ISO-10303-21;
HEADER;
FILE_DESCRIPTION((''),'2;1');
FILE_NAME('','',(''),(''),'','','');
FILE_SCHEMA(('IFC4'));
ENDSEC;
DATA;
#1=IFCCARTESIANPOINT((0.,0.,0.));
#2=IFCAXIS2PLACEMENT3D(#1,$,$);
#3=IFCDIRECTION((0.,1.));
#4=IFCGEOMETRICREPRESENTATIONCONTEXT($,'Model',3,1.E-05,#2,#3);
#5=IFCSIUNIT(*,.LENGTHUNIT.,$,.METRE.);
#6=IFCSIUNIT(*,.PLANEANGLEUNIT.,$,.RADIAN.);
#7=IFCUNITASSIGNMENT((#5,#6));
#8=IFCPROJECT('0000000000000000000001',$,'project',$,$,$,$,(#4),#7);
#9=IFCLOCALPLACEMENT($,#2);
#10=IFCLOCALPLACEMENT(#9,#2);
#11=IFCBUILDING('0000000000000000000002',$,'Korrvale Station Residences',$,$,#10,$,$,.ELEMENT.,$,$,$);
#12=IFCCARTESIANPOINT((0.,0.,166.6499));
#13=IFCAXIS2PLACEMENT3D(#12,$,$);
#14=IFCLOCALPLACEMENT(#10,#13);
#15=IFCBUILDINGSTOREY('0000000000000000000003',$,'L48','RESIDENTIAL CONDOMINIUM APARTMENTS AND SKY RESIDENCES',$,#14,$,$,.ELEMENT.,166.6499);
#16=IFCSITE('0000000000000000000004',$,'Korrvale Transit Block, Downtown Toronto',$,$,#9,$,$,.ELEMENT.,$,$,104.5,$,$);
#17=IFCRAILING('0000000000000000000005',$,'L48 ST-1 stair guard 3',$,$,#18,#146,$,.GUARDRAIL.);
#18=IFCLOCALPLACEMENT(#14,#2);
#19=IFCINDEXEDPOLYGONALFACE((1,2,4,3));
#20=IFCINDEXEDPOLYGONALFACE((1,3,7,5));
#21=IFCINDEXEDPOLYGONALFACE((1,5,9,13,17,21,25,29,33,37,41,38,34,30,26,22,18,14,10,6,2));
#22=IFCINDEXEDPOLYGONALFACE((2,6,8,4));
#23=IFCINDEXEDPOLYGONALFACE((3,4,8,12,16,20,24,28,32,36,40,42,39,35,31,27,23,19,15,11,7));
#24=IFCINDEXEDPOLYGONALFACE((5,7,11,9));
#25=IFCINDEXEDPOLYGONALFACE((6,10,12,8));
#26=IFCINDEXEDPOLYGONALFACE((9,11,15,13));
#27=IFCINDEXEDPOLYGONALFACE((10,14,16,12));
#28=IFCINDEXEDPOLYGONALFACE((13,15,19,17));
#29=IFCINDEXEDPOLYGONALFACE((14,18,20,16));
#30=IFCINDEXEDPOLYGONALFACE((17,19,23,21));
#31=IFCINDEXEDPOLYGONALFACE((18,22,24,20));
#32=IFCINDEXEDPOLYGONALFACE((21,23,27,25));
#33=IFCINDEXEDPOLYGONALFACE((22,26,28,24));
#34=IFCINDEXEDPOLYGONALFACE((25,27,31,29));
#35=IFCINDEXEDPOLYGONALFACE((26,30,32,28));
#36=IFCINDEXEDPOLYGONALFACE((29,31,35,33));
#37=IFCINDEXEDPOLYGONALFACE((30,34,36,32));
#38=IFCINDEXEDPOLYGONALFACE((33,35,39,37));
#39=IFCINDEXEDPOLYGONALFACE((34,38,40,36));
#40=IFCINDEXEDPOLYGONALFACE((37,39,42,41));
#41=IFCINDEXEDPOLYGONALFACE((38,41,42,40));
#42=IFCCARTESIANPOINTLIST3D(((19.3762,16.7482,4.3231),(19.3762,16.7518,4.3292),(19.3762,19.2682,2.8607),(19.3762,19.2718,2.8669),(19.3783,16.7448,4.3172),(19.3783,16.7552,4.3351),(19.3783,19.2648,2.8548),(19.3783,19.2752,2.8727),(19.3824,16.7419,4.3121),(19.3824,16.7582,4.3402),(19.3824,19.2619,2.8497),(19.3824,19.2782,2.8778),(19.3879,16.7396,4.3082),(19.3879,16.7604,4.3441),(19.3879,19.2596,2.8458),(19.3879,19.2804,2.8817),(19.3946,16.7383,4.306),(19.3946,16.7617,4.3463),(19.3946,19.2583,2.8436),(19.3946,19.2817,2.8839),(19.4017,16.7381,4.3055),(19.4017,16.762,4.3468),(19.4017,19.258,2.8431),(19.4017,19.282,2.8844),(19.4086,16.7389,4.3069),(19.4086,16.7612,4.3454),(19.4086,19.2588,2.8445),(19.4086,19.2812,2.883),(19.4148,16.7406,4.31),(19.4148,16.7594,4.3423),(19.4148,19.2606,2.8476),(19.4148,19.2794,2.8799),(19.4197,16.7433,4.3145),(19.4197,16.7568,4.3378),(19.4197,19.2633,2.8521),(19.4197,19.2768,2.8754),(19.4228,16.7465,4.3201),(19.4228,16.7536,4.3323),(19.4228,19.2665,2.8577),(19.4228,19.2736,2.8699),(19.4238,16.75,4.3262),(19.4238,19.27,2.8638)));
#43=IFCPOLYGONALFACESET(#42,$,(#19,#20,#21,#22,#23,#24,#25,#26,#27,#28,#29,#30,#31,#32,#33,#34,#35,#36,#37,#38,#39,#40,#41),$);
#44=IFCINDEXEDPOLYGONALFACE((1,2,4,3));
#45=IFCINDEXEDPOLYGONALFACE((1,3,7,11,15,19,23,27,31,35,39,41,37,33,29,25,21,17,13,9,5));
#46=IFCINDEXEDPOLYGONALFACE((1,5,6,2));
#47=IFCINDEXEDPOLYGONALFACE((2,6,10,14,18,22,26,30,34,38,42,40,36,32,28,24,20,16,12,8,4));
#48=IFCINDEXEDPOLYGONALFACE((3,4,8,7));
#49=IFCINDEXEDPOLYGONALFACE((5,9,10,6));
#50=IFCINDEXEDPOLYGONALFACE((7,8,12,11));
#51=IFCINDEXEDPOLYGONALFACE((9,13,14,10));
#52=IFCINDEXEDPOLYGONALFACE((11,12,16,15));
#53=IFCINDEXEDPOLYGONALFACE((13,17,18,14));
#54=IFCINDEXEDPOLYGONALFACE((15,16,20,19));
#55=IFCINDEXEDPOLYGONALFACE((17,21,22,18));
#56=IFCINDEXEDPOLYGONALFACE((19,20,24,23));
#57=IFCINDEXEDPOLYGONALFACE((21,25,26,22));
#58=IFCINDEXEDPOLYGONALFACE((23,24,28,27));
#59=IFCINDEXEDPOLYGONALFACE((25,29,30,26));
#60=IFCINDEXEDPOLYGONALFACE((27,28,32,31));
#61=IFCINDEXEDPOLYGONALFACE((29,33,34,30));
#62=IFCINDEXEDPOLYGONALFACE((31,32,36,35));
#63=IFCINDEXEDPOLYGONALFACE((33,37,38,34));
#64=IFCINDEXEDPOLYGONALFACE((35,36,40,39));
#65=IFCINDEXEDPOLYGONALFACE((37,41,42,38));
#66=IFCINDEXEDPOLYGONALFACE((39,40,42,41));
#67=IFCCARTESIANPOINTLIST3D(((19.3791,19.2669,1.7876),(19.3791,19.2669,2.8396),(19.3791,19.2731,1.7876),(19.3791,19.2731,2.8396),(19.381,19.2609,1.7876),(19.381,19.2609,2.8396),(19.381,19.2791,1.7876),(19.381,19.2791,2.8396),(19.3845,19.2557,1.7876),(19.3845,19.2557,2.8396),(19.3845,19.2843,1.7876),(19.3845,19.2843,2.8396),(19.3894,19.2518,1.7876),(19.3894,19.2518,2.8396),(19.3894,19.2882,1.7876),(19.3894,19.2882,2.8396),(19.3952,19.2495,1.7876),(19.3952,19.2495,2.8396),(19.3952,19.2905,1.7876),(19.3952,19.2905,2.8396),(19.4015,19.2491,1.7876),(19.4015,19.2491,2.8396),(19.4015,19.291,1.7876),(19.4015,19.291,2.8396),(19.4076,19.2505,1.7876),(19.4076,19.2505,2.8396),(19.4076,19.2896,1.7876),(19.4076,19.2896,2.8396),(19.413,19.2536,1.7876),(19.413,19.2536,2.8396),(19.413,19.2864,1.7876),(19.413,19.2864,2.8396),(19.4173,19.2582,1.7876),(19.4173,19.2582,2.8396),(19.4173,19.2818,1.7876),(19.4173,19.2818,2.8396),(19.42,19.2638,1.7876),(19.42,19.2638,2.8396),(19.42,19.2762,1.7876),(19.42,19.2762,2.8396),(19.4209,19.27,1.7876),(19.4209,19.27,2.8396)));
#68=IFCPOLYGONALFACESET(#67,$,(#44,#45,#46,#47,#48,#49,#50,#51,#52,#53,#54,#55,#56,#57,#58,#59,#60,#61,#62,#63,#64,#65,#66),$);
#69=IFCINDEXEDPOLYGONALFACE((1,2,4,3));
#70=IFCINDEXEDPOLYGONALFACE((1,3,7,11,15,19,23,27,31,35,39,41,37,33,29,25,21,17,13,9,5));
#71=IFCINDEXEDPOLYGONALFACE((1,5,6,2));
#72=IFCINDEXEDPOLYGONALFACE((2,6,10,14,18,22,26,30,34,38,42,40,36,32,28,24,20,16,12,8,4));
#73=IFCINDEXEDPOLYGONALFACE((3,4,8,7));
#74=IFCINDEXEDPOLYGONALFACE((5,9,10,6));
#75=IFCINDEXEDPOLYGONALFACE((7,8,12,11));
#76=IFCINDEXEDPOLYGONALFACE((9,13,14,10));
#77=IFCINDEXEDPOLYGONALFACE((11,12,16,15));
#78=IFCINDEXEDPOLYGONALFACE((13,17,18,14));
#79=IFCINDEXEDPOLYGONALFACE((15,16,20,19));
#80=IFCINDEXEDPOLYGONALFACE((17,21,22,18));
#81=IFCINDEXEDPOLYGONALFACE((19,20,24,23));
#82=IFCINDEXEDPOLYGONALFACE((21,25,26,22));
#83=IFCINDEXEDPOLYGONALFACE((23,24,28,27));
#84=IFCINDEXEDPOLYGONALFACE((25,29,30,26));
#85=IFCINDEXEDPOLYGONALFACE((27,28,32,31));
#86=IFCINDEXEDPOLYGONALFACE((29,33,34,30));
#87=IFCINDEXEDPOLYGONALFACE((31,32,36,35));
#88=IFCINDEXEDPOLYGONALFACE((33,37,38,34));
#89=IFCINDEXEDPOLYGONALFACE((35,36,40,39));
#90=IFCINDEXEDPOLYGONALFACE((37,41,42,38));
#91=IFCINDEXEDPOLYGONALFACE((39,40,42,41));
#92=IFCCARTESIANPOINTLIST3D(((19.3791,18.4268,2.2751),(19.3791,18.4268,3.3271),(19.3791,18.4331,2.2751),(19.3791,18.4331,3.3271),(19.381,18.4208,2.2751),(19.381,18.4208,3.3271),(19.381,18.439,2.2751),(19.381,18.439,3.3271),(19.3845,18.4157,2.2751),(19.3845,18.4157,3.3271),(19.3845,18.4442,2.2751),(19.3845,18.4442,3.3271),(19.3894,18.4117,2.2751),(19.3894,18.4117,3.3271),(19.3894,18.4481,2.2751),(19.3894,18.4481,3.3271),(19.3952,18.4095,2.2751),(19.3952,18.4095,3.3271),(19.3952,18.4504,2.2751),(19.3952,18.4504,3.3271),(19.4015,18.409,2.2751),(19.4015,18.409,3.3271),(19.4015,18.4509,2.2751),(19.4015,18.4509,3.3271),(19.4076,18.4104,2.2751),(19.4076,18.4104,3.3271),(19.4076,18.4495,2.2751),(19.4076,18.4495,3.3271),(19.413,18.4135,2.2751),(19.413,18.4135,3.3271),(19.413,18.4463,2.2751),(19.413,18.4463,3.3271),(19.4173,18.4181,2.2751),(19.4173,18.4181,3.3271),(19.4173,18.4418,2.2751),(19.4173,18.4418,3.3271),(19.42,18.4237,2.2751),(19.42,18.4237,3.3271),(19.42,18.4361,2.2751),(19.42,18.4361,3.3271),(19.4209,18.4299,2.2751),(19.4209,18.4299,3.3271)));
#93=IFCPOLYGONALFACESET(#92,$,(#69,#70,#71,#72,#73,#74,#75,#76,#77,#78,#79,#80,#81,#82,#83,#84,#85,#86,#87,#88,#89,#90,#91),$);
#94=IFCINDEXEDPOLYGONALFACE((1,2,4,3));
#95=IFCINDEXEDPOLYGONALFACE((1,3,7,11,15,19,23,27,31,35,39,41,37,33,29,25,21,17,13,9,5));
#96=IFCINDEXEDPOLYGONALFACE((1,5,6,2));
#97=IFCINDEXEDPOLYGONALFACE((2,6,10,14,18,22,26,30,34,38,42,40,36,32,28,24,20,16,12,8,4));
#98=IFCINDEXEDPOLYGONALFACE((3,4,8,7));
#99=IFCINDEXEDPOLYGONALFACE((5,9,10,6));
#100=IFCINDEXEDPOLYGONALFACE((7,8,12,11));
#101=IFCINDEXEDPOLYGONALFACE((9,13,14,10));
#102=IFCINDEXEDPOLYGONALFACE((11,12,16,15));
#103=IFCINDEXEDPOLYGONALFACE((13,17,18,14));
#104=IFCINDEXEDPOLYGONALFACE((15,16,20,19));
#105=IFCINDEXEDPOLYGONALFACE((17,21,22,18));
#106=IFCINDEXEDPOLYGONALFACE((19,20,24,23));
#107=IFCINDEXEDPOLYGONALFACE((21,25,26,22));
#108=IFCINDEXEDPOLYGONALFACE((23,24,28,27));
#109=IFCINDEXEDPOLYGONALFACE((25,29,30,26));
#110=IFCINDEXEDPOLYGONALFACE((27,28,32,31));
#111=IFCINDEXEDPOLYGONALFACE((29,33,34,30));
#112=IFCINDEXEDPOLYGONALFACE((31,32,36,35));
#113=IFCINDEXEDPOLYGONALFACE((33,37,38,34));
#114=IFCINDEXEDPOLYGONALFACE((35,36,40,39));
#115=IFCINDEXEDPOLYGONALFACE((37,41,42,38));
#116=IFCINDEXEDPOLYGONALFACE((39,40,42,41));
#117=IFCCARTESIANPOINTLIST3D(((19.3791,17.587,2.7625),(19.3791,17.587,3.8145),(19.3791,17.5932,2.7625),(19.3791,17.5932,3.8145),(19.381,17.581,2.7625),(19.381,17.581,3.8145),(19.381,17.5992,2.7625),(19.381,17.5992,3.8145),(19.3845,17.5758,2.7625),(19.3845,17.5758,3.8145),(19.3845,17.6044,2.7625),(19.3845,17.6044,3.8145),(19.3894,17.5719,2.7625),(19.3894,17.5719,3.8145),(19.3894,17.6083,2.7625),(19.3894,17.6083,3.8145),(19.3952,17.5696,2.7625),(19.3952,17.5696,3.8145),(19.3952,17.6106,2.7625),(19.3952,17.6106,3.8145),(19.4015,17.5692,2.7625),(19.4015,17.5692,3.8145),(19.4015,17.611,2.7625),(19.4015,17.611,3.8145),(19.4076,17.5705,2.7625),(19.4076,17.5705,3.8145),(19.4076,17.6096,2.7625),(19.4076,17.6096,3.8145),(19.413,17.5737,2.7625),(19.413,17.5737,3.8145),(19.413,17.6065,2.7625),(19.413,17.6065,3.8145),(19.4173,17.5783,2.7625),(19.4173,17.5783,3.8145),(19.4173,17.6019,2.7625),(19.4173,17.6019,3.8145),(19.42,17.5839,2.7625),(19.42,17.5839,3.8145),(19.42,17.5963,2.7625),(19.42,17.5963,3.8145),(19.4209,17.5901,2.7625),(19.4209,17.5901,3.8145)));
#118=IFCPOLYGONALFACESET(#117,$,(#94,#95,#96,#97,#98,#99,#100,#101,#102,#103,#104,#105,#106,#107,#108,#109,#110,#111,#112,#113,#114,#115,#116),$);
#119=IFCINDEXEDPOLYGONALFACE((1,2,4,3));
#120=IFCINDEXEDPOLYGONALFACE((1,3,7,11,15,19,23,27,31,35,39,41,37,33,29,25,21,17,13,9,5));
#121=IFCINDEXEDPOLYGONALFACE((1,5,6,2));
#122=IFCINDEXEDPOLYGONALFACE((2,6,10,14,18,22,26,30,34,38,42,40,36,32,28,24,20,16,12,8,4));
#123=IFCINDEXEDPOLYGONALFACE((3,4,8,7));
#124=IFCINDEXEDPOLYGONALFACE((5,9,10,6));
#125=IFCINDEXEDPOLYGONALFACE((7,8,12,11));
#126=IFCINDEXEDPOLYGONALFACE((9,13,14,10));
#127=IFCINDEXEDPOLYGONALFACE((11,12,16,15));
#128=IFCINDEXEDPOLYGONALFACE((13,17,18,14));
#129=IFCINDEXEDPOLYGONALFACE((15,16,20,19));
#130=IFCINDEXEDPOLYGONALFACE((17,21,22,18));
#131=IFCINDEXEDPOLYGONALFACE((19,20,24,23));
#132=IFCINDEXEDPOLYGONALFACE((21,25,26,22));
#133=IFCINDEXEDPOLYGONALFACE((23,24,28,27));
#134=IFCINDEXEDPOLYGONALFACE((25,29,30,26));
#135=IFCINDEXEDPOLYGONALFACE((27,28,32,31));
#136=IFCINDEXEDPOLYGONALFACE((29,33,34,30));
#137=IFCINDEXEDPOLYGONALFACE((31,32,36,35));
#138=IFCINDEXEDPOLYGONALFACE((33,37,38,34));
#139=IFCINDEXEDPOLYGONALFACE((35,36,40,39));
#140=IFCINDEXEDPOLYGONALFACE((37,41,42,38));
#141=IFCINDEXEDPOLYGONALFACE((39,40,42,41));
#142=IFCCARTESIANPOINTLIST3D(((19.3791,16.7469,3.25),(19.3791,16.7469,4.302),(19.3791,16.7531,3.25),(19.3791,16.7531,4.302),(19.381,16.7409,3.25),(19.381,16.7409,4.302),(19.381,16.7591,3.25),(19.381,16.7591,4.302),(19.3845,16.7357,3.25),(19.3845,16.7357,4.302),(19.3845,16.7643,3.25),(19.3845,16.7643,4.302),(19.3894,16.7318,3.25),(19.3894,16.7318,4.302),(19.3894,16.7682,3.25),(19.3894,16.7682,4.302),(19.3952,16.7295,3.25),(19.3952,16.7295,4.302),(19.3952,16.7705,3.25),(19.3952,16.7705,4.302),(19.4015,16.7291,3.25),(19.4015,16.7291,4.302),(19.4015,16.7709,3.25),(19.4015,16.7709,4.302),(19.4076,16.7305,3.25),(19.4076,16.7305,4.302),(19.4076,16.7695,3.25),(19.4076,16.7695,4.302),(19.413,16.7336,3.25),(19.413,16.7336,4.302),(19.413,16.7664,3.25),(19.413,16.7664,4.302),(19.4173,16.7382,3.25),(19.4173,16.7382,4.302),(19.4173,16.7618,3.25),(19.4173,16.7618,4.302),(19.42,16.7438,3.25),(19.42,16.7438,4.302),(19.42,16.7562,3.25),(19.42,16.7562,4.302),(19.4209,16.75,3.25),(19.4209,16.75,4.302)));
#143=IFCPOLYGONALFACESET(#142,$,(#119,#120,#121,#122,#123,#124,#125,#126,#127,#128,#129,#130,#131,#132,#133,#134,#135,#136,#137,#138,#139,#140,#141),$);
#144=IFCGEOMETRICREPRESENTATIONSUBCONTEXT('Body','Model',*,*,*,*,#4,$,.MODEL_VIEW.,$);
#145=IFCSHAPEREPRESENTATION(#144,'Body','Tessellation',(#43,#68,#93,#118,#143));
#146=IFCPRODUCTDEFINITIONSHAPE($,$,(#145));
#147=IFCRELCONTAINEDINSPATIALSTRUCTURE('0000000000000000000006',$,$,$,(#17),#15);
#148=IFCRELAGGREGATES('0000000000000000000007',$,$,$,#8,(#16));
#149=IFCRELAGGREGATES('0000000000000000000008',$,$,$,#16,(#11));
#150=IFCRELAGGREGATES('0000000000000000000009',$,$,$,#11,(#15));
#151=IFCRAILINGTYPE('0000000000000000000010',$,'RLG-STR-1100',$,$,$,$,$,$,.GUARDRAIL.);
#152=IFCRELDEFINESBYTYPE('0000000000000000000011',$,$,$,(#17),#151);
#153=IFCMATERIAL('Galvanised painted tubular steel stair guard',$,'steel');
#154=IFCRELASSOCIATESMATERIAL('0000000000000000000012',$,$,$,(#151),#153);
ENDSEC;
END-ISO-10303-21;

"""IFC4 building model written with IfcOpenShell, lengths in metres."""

from ifc_helpers import new_model, si_unit, direction, frame, origin, origin_2d, place, context, subcontext, project, spatial, circle, extrude, material, type_object, element, save


model = new_model("IFC4")

# Units and contexts
model_context = context("Model", 3, precision=1e-05, world=origin(), true_north=direction((0.0, 1.0)))
body_context = subcontext(model_context, "Body", "Model", "MODEL_VIEW")
ifc_project = project(units=[si_unit("LENGTHUNIT", "METRE"), si_unit("PLANEANGLEUNIT", "RADIAN")], contexts=[model_context])

# Site, building, storey
site_placement = place(None, origin())
site = spatial("IfcSite", under=ifc_project, at=site_placement, Name="Korrvale Transit Block, Downtown Toronto", CompositionType="ELEMENT", RefElevation=104.5)
building_placement = place(site_placement, origin())
building = spatial("IfcBuilding", under=site, at=building_placement, Name="Korrvale Station Residences", CompositionType="ELEMENT")
storey_placement = place(building_placement, frame((0.0, 0.0, 166.6499)))
storey = spatial("IfcBuildingStorey", under=building, at=storey_placement, Name="L48", Description="RESIDENTIAL CONDOMINIUM APARTMENTS AND SKY RESIDENCES", CompositionType="ELEMENT", Elevation=166.6499)

# Railing
ifc_material_1 = material(Name="Galvanised painted tubular steel stair guard", Category="steel")
railing_type_1 = type_object("IfcRailingType", Name="RLG-STR-1100", PredefinedType="GUARDRAIL", material=ifc_material_1)
railing_1_placement = place(storey_placement, frame((19.3999, 19.27, 1.7876)))
element("IfcRailing", 1, at=railing_1_placement, inside=storey, type_object=railing_type_1, Name="L48 ST-1 stair guard 3", PredefinedType="GUARDRAIL", context=body_context, shape_type="SweptSolid", body=[
    extrude(circle(Radius=0.0239, at=origin_2d()), frame((0.0, 0.0, 1.0762), z_axis=(0.0, -0.864913, 0.501921), x_axis=(1.0, 0.0, 0.0)), (0.0, 0.0, 1.0), 2.9136),
    extrude(circle(Radius=0.021, at=origin_2d()), origin(), (0.0, 0.0, 1.0), 1.052),
    extrude(circle(Radius=0.021, at=origin_2d()), frame((0.0, -0.8401, 0.4875)), (0.0, 0.0, 1.0), 1.052),
    extrude(circle(Radius=0.021, at=origin_2d()), frame((0.0, -1.6799, 0.9749)), (0.0, 0.0, 1.0), 1.052),
    extrude(circle(Radius=0.021, at=origin_2d()), frame((0.0, -2.52, 1.4624)), (0.0, 0.0, 1.0), 1.052),
])

save(model, "model.ifc")
